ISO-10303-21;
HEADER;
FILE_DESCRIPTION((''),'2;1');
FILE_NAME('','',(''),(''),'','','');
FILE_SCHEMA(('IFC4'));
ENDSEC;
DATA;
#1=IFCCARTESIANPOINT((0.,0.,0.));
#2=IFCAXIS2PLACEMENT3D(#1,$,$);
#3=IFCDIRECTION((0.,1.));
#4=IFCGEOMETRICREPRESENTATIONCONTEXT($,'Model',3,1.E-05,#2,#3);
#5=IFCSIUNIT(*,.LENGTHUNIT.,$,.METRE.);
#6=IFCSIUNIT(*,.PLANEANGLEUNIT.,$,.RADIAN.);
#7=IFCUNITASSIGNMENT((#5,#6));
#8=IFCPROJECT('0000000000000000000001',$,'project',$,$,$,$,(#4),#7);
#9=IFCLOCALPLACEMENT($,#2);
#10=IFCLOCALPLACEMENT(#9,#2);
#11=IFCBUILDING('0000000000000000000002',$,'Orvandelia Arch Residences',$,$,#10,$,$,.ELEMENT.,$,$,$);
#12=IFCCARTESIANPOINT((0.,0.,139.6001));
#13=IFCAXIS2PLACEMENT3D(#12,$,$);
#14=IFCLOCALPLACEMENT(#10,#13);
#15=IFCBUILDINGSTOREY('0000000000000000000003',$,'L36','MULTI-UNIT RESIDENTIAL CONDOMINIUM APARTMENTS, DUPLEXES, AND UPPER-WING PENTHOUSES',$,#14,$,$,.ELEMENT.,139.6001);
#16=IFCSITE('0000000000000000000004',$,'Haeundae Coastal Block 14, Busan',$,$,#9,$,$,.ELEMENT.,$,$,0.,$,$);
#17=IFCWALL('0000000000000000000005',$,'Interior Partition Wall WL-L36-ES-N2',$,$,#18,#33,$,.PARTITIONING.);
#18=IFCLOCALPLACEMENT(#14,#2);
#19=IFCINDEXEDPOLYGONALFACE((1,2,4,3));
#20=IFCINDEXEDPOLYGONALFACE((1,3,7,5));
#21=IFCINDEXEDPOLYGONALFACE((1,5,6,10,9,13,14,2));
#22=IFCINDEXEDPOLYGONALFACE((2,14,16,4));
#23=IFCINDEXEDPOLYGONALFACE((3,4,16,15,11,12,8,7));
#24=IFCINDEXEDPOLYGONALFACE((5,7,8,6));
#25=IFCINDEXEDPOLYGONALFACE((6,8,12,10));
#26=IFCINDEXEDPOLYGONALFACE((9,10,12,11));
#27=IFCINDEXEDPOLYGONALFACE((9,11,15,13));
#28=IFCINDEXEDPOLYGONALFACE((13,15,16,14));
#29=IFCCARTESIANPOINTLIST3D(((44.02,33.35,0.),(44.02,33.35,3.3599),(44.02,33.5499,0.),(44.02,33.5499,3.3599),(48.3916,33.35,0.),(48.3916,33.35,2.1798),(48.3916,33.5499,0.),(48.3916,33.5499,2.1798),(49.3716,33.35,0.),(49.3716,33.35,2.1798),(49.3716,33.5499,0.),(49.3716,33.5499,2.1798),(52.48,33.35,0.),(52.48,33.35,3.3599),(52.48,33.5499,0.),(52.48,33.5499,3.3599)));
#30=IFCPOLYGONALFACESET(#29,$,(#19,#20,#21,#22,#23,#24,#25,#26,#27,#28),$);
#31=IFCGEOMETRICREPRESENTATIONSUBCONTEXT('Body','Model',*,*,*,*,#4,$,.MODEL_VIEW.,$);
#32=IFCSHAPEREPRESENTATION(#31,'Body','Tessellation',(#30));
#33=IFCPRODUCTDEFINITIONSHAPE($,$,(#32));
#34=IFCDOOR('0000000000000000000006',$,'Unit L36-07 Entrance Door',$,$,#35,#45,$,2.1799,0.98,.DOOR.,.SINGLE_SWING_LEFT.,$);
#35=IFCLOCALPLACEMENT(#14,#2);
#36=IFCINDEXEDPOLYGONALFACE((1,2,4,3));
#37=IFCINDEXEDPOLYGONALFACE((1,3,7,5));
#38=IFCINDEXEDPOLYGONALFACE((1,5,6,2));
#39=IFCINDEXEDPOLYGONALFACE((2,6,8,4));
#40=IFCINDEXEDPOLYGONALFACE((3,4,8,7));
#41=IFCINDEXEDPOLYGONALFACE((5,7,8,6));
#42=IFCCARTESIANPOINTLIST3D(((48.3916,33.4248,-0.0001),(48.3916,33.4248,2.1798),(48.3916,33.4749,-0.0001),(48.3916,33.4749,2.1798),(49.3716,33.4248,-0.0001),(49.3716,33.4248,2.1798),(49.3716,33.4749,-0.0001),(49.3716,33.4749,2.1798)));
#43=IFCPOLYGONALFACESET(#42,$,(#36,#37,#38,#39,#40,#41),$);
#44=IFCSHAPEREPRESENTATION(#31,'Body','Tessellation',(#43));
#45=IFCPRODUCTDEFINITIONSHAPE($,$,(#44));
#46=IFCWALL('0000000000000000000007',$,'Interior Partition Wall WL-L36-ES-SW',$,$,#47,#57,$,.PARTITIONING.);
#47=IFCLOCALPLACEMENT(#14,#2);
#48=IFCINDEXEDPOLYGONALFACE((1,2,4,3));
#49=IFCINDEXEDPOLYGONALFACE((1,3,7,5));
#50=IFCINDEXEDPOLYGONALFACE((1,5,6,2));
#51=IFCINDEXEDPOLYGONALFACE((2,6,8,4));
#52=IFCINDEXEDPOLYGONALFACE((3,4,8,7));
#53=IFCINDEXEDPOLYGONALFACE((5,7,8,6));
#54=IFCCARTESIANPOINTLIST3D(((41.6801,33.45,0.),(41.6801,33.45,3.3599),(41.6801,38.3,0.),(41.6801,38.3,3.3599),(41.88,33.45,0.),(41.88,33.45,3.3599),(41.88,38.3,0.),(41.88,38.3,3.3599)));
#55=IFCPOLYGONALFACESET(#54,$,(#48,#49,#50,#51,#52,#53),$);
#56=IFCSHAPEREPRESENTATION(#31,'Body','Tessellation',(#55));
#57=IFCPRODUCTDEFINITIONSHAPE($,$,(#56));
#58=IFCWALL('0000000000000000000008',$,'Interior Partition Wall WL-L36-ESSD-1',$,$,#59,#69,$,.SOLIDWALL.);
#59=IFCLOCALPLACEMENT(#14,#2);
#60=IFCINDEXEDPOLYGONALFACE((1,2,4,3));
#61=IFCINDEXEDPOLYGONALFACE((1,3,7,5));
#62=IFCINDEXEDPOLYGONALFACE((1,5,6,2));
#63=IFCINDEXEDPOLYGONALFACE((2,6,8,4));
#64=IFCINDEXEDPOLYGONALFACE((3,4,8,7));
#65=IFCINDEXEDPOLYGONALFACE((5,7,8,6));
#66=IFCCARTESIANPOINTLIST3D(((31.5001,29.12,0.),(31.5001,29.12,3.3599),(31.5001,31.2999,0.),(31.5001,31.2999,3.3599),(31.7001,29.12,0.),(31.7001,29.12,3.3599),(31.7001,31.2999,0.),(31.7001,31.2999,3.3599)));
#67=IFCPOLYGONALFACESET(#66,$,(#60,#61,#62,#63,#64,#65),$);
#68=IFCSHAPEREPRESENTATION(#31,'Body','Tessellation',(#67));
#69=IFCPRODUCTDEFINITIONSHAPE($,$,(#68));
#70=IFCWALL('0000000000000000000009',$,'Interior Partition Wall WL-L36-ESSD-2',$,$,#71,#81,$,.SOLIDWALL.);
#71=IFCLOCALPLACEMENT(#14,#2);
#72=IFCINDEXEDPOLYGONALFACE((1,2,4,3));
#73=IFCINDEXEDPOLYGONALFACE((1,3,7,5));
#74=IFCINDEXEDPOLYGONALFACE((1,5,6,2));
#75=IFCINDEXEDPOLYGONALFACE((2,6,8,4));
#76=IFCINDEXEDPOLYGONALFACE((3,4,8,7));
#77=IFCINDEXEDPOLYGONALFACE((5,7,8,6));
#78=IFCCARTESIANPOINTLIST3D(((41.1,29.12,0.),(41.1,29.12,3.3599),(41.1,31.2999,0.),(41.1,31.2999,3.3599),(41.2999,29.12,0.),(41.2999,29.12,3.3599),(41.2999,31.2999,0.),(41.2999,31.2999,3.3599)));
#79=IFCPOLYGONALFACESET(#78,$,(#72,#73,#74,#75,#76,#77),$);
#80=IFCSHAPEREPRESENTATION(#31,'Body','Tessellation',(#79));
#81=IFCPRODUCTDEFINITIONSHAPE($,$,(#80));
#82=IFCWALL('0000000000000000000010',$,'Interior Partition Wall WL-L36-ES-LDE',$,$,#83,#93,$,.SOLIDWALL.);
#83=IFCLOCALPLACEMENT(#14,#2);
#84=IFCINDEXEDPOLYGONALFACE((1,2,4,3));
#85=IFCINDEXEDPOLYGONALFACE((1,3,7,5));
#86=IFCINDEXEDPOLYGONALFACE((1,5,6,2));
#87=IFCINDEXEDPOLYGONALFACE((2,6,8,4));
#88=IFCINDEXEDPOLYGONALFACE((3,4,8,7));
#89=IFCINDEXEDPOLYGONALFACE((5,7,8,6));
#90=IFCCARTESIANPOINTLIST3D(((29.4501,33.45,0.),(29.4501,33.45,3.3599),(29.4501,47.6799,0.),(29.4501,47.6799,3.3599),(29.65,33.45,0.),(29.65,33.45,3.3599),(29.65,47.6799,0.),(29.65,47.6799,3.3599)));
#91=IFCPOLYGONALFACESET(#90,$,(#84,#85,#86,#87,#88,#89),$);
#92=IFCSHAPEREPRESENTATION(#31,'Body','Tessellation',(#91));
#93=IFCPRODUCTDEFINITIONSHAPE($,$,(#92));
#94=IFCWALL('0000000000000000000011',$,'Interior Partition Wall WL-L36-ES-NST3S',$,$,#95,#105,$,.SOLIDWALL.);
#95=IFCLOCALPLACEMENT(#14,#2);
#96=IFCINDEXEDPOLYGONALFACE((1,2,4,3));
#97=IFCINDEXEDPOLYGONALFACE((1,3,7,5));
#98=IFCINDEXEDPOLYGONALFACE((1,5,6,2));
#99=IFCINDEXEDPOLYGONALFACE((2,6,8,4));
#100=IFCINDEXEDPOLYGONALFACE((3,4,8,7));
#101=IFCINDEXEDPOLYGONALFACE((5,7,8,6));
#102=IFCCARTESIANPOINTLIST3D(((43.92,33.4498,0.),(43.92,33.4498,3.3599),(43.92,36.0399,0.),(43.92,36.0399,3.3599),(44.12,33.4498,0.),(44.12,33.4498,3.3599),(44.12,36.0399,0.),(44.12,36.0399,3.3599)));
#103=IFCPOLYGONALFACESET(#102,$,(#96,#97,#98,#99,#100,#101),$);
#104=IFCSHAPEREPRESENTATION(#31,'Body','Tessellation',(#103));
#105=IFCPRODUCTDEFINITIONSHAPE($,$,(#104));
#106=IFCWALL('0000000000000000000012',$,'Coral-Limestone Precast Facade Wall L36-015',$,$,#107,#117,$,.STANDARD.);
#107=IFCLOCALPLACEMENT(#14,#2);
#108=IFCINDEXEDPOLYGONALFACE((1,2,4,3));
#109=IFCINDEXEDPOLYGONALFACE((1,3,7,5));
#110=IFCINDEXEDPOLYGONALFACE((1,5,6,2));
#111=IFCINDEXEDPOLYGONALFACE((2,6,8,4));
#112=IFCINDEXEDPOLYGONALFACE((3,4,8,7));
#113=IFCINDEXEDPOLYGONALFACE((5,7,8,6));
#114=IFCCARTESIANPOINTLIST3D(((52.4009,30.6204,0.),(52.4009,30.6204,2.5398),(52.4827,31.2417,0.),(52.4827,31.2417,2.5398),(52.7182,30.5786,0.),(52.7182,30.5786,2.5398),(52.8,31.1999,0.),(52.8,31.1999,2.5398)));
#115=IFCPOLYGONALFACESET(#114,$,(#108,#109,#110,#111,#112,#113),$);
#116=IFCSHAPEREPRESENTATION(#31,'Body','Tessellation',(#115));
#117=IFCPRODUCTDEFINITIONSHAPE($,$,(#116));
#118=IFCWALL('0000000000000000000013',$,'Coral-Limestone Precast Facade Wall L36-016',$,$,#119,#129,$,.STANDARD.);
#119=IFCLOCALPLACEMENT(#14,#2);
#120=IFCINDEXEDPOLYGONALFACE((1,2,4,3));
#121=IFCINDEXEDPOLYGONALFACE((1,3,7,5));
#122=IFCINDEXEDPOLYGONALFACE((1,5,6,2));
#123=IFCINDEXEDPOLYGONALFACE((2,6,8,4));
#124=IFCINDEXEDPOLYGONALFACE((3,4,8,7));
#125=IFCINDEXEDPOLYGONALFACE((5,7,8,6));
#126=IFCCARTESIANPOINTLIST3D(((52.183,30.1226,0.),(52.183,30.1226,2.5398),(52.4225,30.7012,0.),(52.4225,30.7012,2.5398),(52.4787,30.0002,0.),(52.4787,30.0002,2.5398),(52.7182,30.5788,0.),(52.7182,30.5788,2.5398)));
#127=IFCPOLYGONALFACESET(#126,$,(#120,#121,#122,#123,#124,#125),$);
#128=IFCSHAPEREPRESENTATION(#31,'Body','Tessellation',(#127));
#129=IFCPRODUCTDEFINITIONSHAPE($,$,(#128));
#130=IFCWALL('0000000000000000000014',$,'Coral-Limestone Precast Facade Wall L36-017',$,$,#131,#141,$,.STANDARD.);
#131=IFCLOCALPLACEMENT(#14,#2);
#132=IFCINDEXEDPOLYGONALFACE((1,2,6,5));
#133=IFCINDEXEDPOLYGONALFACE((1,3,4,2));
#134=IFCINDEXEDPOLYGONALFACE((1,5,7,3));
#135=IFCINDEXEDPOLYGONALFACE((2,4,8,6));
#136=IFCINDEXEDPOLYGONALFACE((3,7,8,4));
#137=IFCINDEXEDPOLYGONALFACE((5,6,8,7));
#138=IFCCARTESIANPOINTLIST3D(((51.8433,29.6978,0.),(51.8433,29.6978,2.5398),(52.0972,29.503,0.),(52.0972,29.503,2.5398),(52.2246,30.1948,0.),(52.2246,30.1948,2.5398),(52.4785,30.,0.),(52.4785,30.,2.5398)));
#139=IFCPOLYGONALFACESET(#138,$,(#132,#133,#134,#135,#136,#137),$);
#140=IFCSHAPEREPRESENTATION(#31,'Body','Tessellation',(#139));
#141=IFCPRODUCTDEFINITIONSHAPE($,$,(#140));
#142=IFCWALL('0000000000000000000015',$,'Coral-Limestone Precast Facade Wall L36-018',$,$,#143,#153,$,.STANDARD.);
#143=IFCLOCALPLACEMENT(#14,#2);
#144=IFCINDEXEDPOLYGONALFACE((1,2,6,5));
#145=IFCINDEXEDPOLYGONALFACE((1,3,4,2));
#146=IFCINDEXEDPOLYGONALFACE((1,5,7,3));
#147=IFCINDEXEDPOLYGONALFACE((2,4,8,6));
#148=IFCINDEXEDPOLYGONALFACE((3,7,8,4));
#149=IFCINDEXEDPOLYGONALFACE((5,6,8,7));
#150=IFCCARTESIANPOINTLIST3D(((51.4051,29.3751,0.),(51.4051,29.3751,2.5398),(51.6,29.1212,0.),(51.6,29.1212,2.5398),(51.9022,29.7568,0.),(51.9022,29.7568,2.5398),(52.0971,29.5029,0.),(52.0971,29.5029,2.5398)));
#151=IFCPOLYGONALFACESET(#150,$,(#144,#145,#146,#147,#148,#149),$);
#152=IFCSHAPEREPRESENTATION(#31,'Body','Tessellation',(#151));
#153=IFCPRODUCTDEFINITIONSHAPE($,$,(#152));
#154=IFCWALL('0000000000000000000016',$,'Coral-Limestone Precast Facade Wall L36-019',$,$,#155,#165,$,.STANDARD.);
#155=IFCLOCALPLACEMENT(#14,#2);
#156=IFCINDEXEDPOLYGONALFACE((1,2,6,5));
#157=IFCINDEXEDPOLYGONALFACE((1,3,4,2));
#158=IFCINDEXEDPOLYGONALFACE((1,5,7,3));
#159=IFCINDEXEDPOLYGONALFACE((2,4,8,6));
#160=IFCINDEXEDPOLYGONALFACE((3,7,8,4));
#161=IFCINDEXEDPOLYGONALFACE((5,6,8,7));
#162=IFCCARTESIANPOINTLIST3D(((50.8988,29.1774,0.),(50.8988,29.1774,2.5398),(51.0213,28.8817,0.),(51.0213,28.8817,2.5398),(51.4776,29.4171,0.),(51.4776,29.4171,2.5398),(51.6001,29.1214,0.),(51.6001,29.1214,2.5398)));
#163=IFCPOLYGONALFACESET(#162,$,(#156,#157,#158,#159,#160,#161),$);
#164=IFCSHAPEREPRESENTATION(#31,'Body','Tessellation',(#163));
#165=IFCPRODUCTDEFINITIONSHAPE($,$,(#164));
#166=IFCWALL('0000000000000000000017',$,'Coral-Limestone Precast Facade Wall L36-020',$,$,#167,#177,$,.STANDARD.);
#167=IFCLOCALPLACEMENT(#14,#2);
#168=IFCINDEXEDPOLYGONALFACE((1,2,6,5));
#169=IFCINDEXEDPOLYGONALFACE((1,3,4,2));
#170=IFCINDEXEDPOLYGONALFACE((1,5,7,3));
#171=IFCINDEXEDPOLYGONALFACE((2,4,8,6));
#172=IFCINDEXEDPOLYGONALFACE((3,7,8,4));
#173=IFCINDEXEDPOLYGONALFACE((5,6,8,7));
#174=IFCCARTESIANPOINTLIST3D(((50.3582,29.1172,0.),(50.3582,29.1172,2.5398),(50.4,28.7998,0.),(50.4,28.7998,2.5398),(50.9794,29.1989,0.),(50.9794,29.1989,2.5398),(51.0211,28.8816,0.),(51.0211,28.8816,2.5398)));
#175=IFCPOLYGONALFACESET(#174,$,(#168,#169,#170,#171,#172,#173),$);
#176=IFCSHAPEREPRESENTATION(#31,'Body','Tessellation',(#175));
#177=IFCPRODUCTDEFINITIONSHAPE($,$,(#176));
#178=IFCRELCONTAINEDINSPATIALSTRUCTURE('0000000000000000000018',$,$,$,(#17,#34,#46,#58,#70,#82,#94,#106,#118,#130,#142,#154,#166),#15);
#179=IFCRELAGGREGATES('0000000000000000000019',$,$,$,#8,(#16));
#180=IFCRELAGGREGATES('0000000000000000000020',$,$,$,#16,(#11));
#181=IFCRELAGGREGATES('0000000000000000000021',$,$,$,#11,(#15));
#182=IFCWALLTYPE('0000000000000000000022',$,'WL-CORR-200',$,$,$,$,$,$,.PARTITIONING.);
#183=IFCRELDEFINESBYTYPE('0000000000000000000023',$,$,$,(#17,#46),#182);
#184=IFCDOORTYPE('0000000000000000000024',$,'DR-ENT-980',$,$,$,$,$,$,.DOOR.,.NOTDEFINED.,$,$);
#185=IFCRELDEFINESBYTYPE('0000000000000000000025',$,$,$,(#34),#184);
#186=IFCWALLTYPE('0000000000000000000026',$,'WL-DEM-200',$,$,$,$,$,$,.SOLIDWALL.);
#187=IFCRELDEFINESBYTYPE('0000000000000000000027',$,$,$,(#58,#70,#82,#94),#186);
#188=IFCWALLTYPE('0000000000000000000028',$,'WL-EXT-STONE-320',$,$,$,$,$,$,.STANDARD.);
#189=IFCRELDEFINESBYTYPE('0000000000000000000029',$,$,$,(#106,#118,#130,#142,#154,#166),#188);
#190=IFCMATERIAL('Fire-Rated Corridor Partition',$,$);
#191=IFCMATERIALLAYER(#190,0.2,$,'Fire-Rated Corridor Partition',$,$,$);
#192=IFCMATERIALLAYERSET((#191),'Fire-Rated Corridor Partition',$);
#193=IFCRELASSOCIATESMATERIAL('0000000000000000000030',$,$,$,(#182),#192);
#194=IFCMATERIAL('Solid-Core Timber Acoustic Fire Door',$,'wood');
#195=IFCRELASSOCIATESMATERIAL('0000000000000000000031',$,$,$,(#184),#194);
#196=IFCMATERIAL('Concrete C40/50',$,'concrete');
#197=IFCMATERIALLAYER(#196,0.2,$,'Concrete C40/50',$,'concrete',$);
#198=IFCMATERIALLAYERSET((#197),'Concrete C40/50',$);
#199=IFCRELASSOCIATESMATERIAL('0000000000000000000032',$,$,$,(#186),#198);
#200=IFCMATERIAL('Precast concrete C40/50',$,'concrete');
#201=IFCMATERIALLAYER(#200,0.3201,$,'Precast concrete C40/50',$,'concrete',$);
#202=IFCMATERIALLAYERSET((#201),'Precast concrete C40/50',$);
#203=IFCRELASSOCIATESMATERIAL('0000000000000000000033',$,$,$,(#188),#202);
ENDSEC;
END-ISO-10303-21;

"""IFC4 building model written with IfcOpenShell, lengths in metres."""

from ifc_helpers import new_model, si_unit, direction, frame, frame_2d, origin, place, context, subcontext, project, spatial, rectangle, extrude, material, layer, layer_set, type_object, element, fill, save


model = new_model("IFC4")

# Units and contexts
model_context = context("Model", 3, precision=1e-05, world=origin(), true_north=direction((0.0, 1.0)))
body_context = subcontext(model_context, "Body", "Model", "MODEL_VIEW")
ifc_project = project(units=[si_unit("LENGTHUNIT", "METRE"), si_unit("PLANEANGLEUNIT", "RADIAN")], contexts=[model_context])

# Site, building, storey
site_placement = place(None, origin())
site = spatial("IfcSite", under=ifc_project, at=site_placement, Name="Haeundae Coastal Block 14, Busan", CompositionType="ELEMENT", RefElevation=0.0)
building_placement = place(site_placement, origin())
building = spatial("IfcBuilding", under=site, at=building_placement, Name="Orvandelia Arch Residences", CompositionType="ELEMENT")
storey_placement = place(building_placement, frame((0.0, 0.0, 139.6001)))
storey = spatial("IfcBuildingStorey", under=building, at=storey_placement, Name="L36", Description="MULTI-UNIT RESIDENTIAL CONDOMINIUM APARTMENTS, DUPLEXES, AND UPPER-WING PENTHOUSES", CompositionType="ELEMENT", Elevation=139.6001)

# Wall, opening, door
ifc_material_1 = material(Name="Fire-Rated Corridor Partition")
ifc_layer_1 = layer(ifc_material_1, 0.2, Name="Fire-Rated Corridor Partition")
ifc_layer_set_1 = layer_set([ifc_layer_1], Name="Fire-Rated Corridor Partition")
wall_type_1 = type_object("IfcWallType", Name="WL-CORR-200", PredefinedType="PARTITIONING", material=ifc_layer_set_1)
wall_1_placement = place(storey_placement, frame((44.02, 33.45, 0.0), z_axis=(0.0, 0.0, 1.0), x_axis=(1.0, 0.0, 0.0)))
wall_1 = element("IfcWall", 1, at=wall_1_placement, inside=storey, type_object=wall_type_1, Name="Interior Partition Wall WL-L36-ES-N2", PredefinedType="PARTITIONING", context=body_context, shape_type="SweptSolid", body=[
    extrude(rectangle(XDim=8.46, YDim=0.2, at=frame_2d((4.23, 0.0))), origin(), (0.0, 0.0, 1.0), 3.3599),
])
opening_1_placement = place(wall_1_placement, frame((4.3716, 0.0, 0.0)))
opening_1 = element("IfcOpeningElement", 2, at=opening_1_placement, cuts=wall_1, PredefinedType="OPENING", context=body_context, shape_type="SweptSolid", body=[
    extrude(rectangle(XDim=0.98, YDim=2.1799, at=frame_2d((0.49, 1.0898))), frame((0.0, 0.1099, 0.0), z_axis=(0.0, -1.0, 0.0), x_axis=(1.0, 0.0, 0.0)), (0.0, 0.0, 1.0), 0.22),
])
ifc_material_2 = material(Name="Solid-Core Timber Acoustic Fire Door", Category="wood")
door_type = type_object("IfcDoorType", Name="DR-ENT-980", OperationType="NOTDEFINED", PredefinedType="DOOR", material=ifc_material_2)
door_placement = place(opening_1_placement, origin())
door = element("IfcDoor", 3, at=door_placement, inside=storey, type_object=door_type, Name="Unit L36-07 Entrance Door", OperationType="SINGLE_SWING_LEFT", OverallHeight=2.1799, OverallWidth=0.98, PredefinedType="DOOR", context=body_context, shape_type="SweptSolid", body=[
    extrude(rectangle(XDim=0.98, YDim=2.1799, at=frame_2d((0.49, 1.0898))), frame((0.0, 0.0249, 0.0), z_axis=(0.0, -1.0, 0.0), x_axis=(1.0, 0.0, 0.0)), (0.0, 0.0, 1.0), 0.05),
])
fill(opening_1, door)

# Walls
wall_2_placement = place(storey_placement, frame((41.78, 33.45, 0.0), z_axis=(0.0, 0.0, 1.0), x_axis=(0.0, 1.0, 0.0)))
element("IfcWall", 4, at=wall_2_placement, inside=storey, type_object=wall_type_1, Name="Interior Partition Wall WL-L36-ES-SW", PredefinedType="PARTITIONING", context=body_context, shape_type="SweptSolid", body=[
    extrude(rectangle(XDim=4.8501, YDim=0.2, at=frame_2d((2.425, 0.0))), origin(), (0.0, 0.0, 1.0), 3.3599),
])
ifc_material_3 = material(Name="Concrete C40/50", Category="concrete")
ifc_layer_2 = layer(ifc_material_3, 0.2, Name="Concrete C40/50", Category="concrete")
ifc_layer_set_2 = layer_set([ifc_layer_2], Name="Concrete C40/50")
wall_type_2 = type_object("IfcWallType", Name="WL-DEM-200", PredefinedType="SOLIDWALL", material=ifc_layer_set_2)
for number, where, z_axis, x_axis, name in (
    (5, (31.6001, 29.1201, 0.0), (0.0, 0.0, 1.0), (0.0, 1.0, 0.0), "Interior Partition Wall WL-L36-ESSD-1"),
    (6, (41.2, 29.1201, 0.0), (0.0, 0.0, 1.0), (0.0, 1.0, 0.0), "Interior Partition Wall WL-L36-ESSD-2"),
):
    element("IfcWall", number, at=place(storey_placement, frame(where, z_axis=z_axis, x_axis=x_axis)), inside=storey, type_object=wall_type_2, Name=name, PredefinedType="SOLIDWALL", context=body_context, shape_type="SweptSolid", body=[
        extrude(rectangle(XDim=2.1799, YDim=0.2, at=frame_2d((1.0898, 0.0))), origin(), (0.0, 0.0, 1.0), 3.3599),
    ])
wall_3_placement = place(storey_placement, frame((29.55, 33.45, 0.0), z_axis=(0.0, 0.0, 1.0), x_axis=(0.0, 1.0, 0.0)))
element("IfcWall", 7, at=wall_3_placement, inside=storey, type_object=wall_type_2, Name="Interior Partition Wall WL-L36-ES-LDE", PredefinedType="SOLIDWALL", context=body_context, shape_type="SweptSolid", body=[
    extrude(rectangle(XDim=14.23, YDim=0.2, at=frame_2d((7.115, 0.0))), origin(), (0.0, 0.0, 1.0), 3.3599),
])
wall_4_placement = place(storey_placement, frame((44.02, 33.45, 0.0), z_axis=(0.0, 0.0, 1.0), x_axis=(0.0, 1.0, 0.0)))
element("IfcWall", 8, at=wall_4_placement, inside=storey, type_object=wall_type_2, Name="Interior Partition Wall WL-L36-ES-NST3S", PredefinedType="SOLIDWALL", context=body_context, shape_type="SweptSolid", body=[
    extrude(rectangle(XDim=2.5901, YDim=0.2, at=frame_2d((1.2949, 0.0))), origin(), (0.0, 0.0, 1.0), 3.3599),
])
ifc_material_4 = material(Name="Precast concrete C40/50", Category="concrete")
ifc_layer_3 = layer(ifc_material_4, 0.3201, Name="Precast concrete C40/50", Category="concrete")
ifc_layer_set_3 = layer_set([ifc_layer_3], Name="Precast concrete C40/50")
wall_type_3 = type_object("IfcWallType", Name="WL-EXT-STONE-320", PredefinedType="STANDARD", material=ifc_layer_set_3)
wall_5_placement = place(storey_placement, frame((52.6414, 31.2209, 0.0), z_axis=(0.0, 0.0, 1.0), x_axis=(-0.130505, -0.991448, 0.0)))
element("IfcWall", 9, at=wall_5_placement, inside=storey, type_object=wall_type_3, Name="Coral-Limestone Precast Facade Wall L36-015", PredefinedType="STANDARD", context=body_context, shape_type="SweptSolid", body=[
    extrude(rectangle(XDim=0.6267, YDim=0.3201, at=frame_2d((0.3135, 0.0))), origin(), (0.0, 0.0, 1.0), 2.5398),
])
wall_6_placement = place(storey_placement, frame((52.5703, 30.6399, 0.0), z_axis=(0.0, 0.0, 1.0), x_axis=(-0.382455, -0.923974, 0.0)))
element("IfcWall", 10, at=wall_6_placement, inside=storey, type_object=wall_type_3, Name="Coral-Limestone Precast Facade Wall L36-016", PredefinedType="STANDARD", context=body_context, shape_type="SweptSolid", body=[
    extrude(rectangle(XDim=0.6262, YDim=0.3201, at=frame_2d((0.313, 0.0))), origin(), (0.0, 0.0, 1.0), 2.5398),
])
wall_7_placement = place(storey_placement, frame((52.3516, 30.0974, 0.0), z_axis=(0.0, 0.0, 1.0), x_axis=(-0.608693, -0.793406, 0.0)))
element("IfcWall", 11, at=wall_7_placement, inside=storey, type_object=wall_type_3, Name="Coral-Limestone Precast Facade Wall L36-017", PredefinedType="STANDARD", context=body_context, shape_type="SweptSolid", body=[
    extrude(rectangle(XDim=0.6265, YDim=0.3201, at=frame_2d((0.3132, 0.0))), origin(), (0.0, 0.0, 1.0), 2.5398),
])
wall_8_placement = place(storey_placement, frame((51.9998, 29.6299, 0.0), z_axis=(0.0, 0.0, 1.0), x_axis=(-0.793217, -0.608939, 0.0)))
element("IfcWall", 12, at=wall_8_placement, inside=storey, type_object=wall_type_3, Name="Coral-Limestone Precast Facade Wall L36-018", PredefinedType="STANDARD", context=body_context, shape_type="SweptSolid", body=[
    extrude(rectangle(XDim=0.6267, YDim=0.3201, at=frame_2d((0.3135, 0.0))), origin(), (0.0, 0.0, 1.0), 2.5398),
])
for number, where, z_axis, x_axis, name in (
    (13, (51.5388, 29.2693, 0.0), (0.0, 0.0, 1.0), (-0.923893, -0.38265, 0.0), "Coral-Limestone Precast Facade Wall L36-019"),
    (14, (51.0002, 29.0403, 0.0), (0.0, 0.0, 1.0), (-0.991441, -0.130555, 0.0), "Coral-Limestone Precast Facade Wall L36-020"),
):
    element("IfcWall", number, at=place(storey_placement, frame(where, z_axis=z_axis, x_axis=x_axis)), inside=storey, type_object=wall_type_3, Name=name, PredefinedType="STANDARD", context=body_context, shape_type="SweptSolid", body=[
        extrude(rectangle(XDim=0.6265, YDim=0.3201, at=frame_2d((0.3132, 0.0))), origin(), (0.0, 0.0, 1.0), 2.5398),
    ])

save(model, "model.ifc")
